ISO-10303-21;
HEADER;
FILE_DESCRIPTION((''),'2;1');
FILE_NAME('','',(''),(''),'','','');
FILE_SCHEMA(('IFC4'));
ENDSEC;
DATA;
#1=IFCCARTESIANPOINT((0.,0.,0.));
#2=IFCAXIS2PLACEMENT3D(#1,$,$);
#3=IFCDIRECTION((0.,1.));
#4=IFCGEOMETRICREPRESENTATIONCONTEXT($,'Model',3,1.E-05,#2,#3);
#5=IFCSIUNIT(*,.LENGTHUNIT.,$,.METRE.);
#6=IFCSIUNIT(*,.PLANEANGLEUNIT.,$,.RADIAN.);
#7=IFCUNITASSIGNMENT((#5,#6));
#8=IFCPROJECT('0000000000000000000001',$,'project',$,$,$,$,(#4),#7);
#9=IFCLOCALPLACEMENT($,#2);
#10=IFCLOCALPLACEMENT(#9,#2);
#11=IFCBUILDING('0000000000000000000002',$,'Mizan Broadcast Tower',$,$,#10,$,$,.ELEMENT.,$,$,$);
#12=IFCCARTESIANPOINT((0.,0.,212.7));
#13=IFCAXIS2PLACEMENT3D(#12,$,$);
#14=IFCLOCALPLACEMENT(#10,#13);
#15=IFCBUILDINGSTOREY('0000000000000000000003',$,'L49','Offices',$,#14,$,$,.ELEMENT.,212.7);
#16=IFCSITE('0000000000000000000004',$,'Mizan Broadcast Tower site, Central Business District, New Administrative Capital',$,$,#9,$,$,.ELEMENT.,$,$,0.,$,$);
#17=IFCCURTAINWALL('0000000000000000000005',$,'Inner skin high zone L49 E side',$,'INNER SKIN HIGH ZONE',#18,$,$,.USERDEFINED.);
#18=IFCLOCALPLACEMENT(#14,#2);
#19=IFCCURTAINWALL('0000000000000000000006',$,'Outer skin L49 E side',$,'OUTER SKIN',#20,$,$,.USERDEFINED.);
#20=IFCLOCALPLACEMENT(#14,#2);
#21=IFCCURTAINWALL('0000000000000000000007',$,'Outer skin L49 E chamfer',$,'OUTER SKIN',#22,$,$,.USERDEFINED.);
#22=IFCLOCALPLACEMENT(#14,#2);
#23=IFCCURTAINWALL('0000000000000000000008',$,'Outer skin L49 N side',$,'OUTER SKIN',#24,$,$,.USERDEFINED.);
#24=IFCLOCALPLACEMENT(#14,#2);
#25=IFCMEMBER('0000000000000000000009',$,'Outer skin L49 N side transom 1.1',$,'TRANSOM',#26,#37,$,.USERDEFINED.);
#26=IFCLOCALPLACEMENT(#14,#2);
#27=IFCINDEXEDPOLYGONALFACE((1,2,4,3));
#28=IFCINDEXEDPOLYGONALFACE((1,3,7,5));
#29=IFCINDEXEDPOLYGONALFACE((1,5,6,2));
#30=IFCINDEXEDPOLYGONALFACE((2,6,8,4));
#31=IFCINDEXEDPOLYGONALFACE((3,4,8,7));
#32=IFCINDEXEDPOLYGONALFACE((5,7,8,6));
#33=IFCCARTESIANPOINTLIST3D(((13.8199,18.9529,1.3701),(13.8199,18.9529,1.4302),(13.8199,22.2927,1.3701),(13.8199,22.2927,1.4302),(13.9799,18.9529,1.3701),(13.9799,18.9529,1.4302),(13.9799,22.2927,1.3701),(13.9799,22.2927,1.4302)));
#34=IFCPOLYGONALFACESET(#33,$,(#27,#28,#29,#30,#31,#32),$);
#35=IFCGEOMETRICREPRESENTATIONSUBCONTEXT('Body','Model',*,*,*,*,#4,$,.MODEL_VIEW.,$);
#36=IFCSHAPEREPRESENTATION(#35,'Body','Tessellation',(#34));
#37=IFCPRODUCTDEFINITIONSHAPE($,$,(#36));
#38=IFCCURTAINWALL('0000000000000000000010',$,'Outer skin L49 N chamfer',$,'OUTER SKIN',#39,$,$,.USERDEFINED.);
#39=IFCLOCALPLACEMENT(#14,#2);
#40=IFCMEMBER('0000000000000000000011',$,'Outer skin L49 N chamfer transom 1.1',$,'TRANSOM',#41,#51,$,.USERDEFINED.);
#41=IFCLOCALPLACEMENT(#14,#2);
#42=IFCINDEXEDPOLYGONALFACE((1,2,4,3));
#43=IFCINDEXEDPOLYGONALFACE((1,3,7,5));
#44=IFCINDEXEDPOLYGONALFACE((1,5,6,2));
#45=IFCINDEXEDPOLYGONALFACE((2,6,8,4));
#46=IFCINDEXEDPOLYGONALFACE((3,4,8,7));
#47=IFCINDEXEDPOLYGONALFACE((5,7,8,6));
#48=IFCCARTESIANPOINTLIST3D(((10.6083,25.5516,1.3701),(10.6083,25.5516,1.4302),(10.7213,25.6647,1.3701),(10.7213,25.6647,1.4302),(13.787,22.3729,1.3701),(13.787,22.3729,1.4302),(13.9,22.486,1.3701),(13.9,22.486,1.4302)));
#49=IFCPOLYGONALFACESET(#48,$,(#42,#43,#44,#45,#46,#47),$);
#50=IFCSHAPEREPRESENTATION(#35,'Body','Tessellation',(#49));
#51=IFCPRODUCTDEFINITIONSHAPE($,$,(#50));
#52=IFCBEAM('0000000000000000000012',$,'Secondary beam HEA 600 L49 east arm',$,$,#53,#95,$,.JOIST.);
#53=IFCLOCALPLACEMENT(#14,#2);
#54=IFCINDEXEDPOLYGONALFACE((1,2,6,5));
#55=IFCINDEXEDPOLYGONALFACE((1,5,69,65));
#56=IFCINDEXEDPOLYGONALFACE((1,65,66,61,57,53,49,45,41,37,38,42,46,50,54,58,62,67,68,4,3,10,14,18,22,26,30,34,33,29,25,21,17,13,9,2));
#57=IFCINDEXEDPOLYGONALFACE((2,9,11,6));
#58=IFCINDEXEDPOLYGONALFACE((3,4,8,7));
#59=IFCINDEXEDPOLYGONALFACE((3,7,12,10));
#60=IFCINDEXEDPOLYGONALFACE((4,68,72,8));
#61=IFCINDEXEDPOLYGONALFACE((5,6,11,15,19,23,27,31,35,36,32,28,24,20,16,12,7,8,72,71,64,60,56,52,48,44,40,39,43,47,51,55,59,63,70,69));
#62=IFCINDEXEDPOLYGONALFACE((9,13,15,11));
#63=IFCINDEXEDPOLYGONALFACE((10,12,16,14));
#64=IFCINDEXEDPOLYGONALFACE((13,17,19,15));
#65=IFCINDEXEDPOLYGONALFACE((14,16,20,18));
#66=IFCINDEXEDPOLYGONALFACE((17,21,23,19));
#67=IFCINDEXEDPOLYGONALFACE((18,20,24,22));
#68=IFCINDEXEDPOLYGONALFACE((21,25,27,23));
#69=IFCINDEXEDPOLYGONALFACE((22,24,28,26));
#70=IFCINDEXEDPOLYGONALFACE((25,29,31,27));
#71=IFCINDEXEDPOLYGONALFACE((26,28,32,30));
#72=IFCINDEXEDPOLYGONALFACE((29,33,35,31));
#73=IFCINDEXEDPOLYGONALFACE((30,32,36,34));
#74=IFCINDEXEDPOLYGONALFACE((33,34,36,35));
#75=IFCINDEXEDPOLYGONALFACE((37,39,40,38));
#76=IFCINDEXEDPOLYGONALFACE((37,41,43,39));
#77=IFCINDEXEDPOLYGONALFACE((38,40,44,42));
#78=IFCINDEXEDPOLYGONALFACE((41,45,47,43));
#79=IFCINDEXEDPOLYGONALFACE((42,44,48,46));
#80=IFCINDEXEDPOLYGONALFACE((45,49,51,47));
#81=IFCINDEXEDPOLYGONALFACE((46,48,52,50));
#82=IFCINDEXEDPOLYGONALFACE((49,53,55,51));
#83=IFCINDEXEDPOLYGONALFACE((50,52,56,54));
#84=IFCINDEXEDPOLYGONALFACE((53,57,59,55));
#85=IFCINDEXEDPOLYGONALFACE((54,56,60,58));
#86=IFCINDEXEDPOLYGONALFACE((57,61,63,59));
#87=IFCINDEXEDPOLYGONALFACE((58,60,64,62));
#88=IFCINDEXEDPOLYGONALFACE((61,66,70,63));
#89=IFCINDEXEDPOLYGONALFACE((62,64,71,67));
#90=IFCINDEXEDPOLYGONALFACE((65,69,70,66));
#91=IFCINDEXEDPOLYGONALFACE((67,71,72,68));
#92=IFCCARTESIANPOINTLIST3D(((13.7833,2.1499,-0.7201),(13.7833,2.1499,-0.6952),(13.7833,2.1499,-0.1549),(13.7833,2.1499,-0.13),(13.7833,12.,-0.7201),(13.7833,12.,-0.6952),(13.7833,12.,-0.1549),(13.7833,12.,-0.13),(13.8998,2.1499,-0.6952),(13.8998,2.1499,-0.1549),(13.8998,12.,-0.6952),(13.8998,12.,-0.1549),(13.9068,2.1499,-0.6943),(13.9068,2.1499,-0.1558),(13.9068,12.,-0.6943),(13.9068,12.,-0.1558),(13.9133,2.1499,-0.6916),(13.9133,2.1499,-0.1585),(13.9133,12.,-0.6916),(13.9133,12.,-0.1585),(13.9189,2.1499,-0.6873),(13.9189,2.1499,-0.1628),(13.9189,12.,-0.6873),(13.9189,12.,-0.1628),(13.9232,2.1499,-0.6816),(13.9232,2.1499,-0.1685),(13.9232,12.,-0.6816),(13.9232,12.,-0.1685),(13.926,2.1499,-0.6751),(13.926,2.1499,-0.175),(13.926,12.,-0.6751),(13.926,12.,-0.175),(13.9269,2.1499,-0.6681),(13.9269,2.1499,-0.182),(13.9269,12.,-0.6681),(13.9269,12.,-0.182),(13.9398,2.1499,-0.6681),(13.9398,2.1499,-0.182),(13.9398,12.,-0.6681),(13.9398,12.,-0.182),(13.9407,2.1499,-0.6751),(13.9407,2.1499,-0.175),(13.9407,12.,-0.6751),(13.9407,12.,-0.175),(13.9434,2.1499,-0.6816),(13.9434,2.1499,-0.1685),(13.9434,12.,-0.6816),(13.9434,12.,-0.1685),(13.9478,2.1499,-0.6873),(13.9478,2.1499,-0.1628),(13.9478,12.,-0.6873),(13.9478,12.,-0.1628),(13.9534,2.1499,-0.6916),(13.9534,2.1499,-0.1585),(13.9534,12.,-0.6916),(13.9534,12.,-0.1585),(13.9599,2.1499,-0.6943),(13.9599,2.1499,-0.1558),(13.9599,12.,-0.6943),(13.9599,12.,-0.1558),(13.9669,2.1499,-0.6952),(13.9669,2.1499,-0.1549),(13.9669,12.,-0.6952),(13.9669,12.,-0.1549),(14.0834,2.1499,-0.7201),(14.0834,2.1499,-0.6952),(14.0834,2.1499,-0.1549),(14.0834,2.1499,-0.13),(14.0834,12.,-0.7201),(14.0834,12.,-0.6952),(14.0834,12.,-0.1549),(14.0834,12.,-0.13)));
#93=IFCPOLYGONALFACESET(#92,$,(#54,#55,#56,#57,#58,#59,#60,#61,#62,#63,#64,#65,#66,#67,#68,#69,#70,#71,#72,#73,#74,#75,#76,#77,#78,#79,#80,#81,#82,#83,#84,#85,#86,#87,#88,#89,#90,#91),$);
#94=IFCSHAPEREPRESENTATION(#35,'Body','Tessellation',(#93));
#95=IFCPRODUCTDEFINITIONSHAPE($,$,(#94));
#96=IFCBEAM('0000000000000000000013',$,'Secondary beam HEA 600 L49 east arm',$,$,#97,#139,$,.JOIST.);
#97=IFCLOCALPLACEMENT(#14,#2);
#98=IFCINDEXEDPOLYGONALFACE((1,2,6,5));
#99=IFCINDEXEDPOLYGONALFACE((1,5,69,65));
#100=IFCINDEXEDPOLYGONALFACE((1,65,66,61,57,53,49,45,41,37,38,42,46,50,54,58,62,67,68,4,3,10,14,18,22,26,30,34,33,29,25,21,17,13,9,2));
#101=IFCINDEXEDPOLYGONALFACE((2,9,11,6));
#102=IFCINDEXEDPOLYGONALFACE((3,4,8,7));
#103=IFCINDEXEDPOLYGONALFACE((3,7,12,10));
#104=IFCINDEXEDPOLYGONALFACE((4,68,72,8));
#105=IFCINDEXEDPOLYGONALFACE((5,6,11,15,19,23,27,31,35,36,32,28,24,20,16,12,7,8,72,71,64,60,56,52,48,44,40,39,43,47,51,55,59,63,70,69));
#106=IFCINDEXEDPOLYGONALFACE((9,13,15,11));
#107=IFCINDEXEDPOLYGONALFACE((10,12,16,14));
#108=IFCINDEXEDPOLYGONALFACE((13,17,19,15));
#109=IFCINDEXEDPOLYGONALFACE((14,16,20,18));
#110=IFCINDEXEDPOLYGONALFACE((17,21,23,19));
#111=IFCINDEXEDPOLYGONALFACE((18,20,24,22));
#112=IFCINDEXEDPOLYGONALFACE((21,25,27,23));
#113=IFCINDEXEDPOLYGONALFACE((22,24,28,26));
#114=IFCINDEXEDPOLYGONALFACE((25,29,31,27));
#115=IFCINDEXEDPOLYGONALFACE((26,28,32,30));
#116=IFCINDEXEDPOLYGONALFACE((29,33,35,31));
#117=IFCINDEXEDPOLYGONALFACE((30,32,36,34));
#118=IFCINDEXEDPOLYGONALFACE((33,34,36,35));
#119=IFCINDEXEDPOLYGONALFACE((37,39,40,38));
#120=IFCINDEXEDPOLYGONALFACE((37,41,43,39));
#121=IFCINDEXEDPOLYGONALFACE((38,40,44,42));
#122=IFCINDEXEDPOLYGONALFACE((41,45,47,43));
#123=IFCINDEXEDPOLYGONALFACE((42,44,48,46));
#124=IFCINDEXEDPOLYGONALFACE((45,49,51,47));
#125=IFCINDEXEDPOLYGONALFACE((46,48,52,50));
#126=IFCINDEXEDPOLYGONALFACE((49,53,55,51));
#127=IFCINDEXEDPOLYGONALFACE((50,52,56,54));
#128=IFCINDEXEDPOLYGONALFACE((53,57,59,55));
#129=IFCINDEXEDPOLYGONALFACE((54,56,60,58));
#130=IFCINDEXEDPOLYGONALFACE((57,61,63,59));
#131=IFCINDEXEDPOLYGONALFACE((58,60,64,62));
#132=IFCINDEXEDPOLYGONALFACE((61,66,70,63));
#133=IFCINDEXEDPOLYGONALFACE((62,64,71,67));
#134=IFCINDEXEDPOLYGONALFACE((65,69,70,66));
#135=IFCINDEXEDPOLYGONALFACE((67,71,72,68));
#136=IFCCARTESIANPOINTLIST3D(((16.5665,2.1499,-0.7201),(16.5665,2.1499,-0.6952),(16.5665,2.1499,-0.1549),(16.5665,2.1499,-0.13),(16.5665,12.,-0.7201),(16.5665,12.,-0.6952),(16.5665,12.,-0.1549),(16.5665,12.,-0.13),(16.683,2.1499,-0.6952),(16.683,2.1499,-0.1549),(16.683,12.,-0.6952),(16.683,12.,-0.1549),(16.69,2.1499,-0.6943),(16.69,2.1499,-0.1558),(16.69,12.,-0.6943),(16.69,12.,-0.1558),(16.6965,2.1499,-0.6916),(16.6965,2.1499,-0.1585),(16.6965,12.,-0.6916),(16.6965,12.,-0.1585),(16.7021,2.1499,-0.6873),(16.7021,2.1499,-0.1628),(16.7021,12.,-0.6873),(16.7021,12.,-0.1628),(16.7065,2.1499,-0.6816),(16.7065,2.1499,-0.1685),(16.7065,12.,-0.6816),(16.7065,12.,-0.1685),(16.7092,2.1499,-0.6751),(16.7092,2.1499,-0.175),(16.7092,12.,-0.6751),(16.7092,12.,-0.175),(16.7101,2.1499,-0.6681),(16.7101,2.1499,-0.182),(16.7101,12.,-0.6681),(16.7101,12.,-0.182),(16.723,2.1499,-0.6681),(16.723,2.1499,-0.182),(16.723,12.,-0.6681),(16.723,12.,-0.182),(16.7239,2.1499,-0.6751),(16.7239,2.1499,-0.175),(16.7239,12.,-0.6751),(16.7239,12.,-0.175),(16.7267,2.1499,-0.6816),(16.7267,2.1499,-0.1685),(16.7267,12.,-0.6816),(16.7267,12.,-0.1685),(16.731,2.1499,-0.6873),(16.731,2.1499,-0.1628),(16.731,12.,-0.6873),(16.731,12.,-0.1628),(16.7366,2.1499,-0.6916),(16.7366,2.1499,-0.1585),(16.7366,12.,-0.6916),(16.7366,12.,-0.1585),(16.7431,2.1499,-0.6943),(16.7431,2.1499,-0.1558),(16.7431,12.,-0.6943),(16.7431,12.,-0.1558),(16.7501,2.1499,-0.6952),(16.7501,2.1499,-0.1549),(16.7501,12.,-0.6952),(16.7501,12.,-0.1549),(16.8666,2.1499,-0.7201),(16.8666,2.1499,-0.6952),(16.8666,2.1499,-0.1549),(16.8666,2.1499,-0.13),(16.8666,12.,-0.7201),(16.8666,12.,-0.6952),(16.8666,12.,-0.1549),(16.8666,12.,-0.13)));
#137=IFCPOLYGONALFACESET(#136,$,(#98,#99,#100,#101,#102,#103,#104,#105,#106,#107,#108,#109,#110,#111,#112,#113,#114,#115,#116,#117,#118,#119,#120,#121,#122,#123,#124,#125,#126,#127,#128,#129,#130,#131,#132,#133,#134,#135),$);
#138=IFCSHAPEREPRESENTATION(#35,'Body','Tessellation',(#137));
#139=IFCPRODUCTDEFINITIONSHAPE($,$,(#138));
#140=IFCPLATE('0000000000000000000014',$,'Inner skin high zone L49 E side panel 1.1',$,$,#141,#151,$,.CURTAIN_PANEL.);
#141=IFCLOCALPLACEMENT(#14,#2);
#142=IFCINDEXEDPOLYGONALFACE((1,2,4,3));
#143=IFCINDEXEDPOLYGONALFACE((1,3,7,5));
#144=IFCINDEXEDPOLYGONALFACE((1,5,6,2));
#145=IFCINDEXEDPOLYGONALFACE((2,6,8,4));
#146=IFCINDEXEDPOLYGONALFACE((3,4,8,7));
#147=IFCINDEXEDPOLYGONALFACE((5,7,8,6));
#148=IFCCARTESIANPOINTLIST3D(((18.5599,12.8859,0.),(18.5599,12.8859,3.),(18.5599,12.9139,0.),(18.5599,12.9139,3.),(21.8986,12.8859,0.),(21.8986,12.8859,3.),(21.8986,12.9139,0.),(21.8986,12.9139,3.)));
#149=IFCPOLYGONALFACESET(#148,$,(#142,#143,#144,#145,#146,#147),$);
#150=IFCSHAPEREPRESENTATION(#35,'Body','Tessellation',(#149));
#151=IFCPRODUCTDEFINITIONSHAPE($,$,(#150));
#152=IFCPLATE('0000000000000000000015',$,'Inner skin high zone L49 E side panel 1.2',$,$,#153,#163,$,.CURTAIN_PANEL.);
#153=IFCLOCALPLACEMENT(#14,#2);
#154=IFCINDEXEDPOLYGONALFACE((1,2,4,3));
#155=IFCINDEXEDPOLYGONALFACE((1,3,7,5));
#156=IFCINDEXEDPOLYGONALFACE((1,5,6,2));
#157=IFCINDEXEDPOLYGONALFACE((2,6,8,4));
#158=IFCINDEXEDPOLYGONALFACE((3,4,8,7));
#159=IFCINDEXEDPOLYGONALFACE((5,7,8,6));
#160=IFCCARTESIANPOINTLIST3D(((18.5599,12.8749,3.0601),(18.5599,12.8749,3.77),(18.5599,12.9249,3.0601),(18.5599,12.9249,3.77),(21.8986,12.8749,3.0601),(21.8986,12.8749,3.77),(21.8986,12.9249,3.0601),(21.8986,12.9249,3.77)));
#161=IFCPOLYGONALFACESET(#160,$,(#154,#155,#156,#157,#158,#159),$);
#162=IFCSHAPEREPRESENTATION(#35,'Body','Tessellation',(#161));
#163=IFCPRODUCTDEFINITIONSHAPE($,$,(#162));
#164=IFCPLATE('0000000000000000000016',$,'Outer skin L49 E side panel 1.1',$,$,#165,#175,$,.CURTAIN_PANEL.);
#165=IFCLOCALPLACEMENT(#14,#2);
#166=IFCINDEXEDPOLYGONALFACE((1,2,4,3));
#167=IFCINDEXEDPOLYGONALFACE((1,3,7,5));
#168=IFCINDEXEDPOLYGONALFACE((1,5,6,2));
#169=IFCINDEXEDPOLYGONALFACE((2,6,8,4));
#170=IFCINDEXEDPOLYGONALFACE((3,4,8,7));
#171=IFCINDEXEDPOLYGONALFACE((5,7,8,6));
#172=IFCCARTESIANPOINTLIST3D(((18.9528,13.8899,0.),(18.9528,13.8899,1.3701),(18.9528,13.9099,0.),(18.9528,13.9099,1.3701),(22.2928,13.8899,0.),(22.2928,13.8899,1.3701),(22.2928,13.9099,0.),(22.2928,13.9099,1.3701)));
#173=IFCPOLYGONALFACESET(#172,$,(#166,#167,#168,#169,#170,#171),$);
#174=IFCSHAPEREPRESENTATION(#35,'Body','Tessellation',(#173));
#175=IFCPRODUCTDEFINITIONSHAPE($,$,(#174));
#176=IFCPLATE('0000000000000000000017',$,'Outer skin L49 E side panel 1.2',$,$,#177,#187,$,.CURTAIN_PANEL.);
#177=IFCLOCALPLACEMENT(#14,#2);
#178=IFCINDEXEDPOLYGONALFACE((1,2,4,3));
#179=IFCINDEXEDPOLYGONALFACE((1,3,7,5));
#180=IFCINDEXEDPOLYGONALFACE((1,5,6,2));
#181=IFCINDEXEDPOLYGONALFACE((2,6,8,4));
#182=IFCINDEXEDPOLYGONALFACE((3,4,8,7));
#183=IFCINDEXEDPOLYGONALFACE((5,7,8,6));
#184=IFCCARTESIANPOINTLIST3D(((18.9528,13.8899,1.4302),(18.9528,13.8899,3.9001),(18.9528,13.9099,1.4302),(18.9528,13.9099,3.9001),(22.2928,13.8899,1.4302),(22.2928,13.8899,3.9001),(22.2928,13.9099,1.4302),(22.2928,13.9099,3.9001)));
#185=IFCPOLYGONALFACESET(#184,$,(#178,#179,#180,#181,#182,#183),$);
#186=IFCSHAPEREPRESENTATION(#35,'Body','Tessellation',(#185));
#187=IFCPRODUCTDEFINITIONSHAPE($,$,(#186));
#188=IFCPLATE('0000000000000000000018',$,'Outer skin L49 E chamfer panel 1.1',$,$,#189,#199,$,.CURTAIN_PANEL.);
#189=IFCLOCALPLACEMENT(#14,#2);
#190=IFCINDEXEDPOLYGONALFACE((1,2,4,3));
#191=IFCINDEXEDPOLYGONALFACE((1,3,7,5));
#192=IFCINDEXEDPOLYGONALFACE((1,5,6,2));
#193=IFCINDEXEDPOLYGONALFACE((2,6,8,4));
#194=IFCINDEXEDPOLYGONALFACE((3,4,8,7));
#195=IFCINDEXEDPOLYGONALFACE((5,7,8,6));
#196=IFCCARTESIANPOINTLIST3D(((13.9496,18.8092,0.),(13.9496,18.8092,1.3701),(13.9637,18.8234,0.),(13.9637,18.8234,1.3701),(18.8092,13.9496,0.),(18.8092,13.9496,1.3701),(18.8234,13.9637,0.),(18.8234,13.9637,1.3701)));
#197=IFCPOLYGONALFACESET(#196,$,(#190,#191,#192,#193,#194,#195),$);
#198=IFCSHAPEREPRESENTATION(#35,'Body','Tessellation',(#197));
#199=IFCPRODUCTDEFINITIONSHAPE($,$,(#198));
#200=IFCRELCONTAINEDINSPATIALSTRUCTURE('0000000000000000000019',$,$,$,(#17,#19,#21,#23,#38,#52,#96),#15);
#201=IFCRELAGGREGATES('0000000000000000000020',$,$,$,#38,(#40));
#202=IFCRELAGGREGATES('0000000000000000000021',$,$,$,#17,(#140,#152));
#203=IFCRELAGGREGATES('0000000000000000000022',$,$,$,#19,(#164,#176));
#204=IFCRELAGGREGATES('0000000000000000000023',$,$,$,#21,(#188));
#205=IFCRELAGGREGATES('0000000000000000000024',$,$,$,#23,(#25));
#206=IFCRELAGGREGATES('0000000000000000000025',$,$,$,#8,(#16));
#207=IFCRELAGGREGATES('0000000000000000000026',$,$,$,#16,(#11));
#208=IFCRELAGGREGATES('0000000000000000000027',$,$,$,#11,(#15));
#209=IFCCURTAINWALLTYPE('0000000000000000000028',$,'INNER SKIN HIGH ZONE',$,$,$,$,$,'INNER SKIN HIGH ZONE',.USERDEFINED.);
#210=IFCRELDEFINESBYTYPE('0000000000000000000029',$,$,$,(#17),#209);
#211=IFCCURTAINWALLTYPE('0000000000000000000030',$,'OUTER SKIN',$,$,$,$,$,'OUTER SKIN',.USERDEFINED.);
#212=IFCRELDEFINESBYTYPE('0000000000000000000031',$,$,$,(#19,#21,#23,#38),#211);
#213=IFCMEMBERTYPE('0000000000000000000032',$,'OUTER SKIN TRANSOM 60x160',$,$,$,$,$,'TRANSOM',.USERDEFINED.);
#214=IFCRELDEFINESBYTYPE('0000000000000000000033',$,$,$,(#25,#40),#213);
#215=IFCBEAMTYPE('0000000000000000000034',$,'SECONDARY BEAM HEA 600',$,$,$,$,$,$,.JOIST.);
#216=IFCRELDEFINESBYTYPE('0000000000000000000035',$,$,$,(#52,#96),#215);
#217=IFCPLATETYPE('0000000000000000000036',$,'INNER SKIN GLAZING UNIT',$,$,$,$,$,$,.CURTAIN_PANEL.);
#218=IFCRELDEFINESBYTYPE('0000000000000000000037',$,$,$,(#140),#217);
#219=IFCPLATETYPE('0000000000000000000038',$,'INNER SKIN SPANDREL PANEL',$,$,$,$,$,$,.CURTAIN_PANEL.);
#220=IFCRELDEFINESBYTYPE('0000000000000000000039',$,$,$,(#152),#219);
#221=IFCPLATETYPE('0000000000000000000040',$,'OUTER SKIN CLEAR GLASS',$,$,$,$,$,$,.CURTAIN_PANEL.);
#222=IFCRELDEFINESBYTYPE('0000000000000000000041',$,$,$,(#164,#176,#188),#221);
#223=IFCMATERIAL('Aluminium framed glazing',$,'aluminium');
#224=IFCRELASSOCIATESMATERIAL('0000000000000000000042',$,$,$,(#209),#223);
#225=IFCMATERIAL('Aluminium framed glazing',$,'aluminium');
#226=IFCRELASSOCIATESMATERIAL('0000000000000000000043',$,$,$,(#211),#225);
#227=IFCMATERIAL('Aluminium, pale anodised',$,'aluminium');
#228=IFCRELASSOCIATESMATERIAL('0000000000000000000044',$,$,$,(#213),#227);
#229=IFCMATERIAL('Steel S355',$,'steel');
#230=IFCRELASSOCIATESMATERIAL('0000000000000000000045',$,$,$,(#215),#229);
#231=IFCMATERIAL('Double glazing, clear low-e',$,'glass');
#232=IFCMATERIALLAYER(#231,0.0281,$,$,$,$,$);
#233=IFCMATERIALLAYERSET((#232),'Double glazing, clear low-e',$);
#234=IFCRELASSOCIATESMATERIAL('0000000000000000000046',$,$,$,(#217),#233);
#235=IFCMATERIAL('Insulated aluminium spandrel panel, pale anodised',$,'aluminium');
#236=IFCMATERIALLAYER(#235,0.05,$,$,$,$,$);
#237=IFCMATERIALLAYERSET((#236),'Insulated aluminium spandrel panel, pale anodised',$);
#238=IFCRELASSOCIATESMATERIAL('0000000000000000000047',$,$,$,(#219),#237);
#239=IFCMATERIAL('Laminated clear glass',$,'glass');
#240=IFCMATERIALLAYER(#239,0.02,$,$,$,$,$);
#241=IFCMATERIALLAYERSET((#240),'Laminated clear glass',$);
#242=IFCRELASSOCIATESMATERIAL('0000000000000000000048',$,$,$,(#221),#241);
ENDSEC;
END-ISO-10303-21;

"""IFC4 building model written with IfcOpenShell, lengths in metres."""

from ifc_helpers import new_model, si_unit, direction, frame, origin, origin_2d, place, context, subcontext, project, spatial, rectangle, i_section, extrude, material, layer, layer_set, material_profile, profile_set, type_object, element, aggregate, save


model = new_model("IFC4")

# Units and contexts
model_context = context("Model", 3, precision=1e-05, world=origin(), true_north=direction((0.0, 1.0)))
body_context = subcontext(model_context, "Body", "Model", "MODEL_VIEW")
ifc_project = project(units=[si_unit("LENGTHUNIT", "METRE"), si_unit("PLANEANGLEUNIT", "RADIAN")], contexts=[model_context])

# Site, building, storey
site_placement = place(None, origin())
site = spatial("IfcSite", under=ifc_project, at=site_placement, Name="Mizan Broadcast Tower site, Central Business District, New Administrative Capital", CompositionType="ELEMENT", RefElevation=0.0)
building_placement = place(site_placement, origin())
building = spatial("IfcBuilding", under=site, at=building_placement, Name="Mizan Broadcast Tower", CompositionType="ELEMENT")
storey_placement = place(building_placement, frame((0.0, 0.0, 212.7)))
storey = spatial("IfcBuildingStorey", under=building, at=storey_placement, Name="L49", Description="Offices", CompositionType="ELEMENT", Elevation=212.7)

# Shared definitions
ifc_material_1 = material(Name="Aluminium framed glazing", Category="aluminium")
curtain_wall_type_1 = type_object("IfcCurtainWallType", Name="INNER SKIN HIGH ZONE", ElementType="INNER SKIN HIGH ZONE", PredefinedType="USERDEFINED", material=ifc_material_1)

# Curtain wall
curtain_wall_1_placement = place(storey_placement, origin())
curtain_wall_1 = element("IfcCurtainWall", 1, at=curtain_wall_1_placement, inside=storey, type_object=curtain_wall_type_1, Name="Inner skin high zone L49 E side", ObjectType="INNER SKIN HIGH ZONE", PredefinedType="USERDEFINED")

# Curtain walls
ifc_material_2 = material(Name="Aluminium framed glazing", Category="aluminium")
curtain_wall_type_2 = type_object("IfcCurtainWallType", Name="OUTER SKIN", ElementType="OUTER SKIN", PredefinedType="USERDEFINED", material=ifc_material_2)
curtain_wall_2_placement = place(storey_placement, origin())
curtain_wall_2 = element("IfcCurtainWall", 2, at=curtain_wall_2_placement, inside=storey, type_object=curtain_wall_type_2, Name="Outer skin L49 E side", ObjectType="OUTER SKIN", PredefinedType="USERDEFINED")
curtain_wall_3_placement = place(storey_placement, origin())
curtain_wall_3 = element("IfcCurtainWall", 3, at=curtain_wall_3_placement, inside=storey, type_object=curtain_wall_type_2, Name="Outer skin L49 E chamfer", ObjectType="OUTER SKIN", PredefinedType="USERDEFINED")
curtain_wall_4_placement = place(storey_placement, origin())
curtain_wall_4 = element("IfcCurtainWall", 4, at=curtain_wall_4_placement, inside=storey, type_object=curtain_wall_type_2, Name="Outer skin L49 N side", ObjectType="OUTER SKIN", PredefinedType="USERDEFINED")

# Member
ifc_material_3 = material(Name="Aluminium, pale anodised", Category="aluminium")
ifc_material_profile_1 = material_profile(ifc_material_3, rectangle(XDim=0.1599, YDim=0.0601, at=origin_2d()), Name="TRANSOM 160x60")
ifc_profile_set_1 = profile_set([ifc_material_profile_1], Name="Aluminium, pale anodised")
member_type_1 = type_object("IfcMemberType", Name="OUTER SKIN TRANSOM 60x160", ElementType="TRANSOM", PredefinedType="USERDEFINED", material=ifc_profile_set_1)
member_1_placement = place(storey_placement, frame((13.8999, 18.9529, 1.4001), z_axis=(0.0, 1.0, 0.0), x_axis=(-1.0, 0.0, 0.0)))
member_1 = element("IfcMember", 5, at=member_1_placement, type_object=member_type_1, Name="Outer skin L49 N side transom 1.1", ObjectType="TRANSOM", PredefinedType="USERDEFINED", context=body_context, shape_type="SweptSolid", body=[
    extrude(rectangle(XDim=0.1599, YDim=0.0601, at=origin_2d()), origin(), (0.0, 0.0, 1.0), 3.3398),
])

# Curtain wall, member
curtain_wall_5_placement = place(storey_placement, origin())
curtain_wall_5 = element("IfcCurtainWall", 6, at=curtain_wall_5_placement, inside=storey, type_object=curtain_wall_type_2, Name="Outer skin L49 N chamfer", ObjectType="OUTER SKIN", PredefinedType="USERDEFINED")
member_2_placement = place(storey_placement, frame((13.8435, 22.4294, 1.4001), z_axis=(-0.707107, 0.707107, 0.0), x_axis=(-0.707107, -0.707107, 0.0)))
member_2 = element("IfcMember", 7, at=member_2_placement, type_object=member_type_1, Name="Outer skin L49 N chamfer transom 1.1", ObjectType="TRANSOM", PredefinedType="USERDEFINED", context=body_context, shape_type="SweptSolid", body=[
    extrude(rectangle(XDim=0.1599, YDim=0.0601, at=origin_2d()), origin(), (0.0, 0.0, 1.0), 4.4954),
])
aggregate(curtain_wall_5, [member_2])

# Beams
ifc_material_4 = material(Name="Steel S355", Category="steel")
ifc_material_profile_2 = material_profile(ifc_material_4, i_section(OverallWidth=0.3, OverallDepth=0.5901, WebThickness=0.0129, FlangeThickness=0.0249, FilletRadius=0.0271, at=origin_2d()), Name="HEA 600")
ifc_profile_set_2 = profile_set([ifc_material_profile_2], Name="Steel S355")
beam_type_1 = type_object("IfcBeamType", Name="SECONDARY BEAM HEA 600", PredefinedType="JOIST", material=ifc_profile_set_2)
for number, where, z_axis, x_axis, name in (
    (8, (13.9333, 12.0, -0.425), (0.0, -1.0, 0.0), (1.0, 0.0, 0.0), "Secondary beam HEA 600 L49 east arm"),
    (9, (16.7166, 12.0, -0.425), (0.0, -1.0, 0.0), (1.0, 0.0, 0.0), "Secondary beam HEA 600 L49 east arm"),
):
    element("IfcBeam", number, at=place(storey_placement, frame(where, z_axis=z_axis, x_axis=x_axis)), inside=storey, type_object=beam_type_1, Name=name, PredefinedType="JOIST", context=body_context, shape_type="SweptSolid", body=[
        extrude(i_section(OverallWidth=0.3, OverallDepth=0.5901, WebThickness=0.0129, FlangeThickness=0.0249, FilletRadius=0.0271, at=origin_2d()), origin(), (0.0, 0.0, 1.0), 9.8501),
    ])

# Plates
ifc_material_5 = material(Name="Double glazing, clear low-e", Category="glass")
ifc_layer_1 = layer(ifc_material_5, 0.0281)
ifc_layer_set_1 = layer_set([ifc_layer_1], Name="Double glazing, clear low-e")
plate_type_1 = type_object("IfcPlateType", Name="INNER SKIN GLAZING UNIT", PredefinedType="CURTAIN_PANEL", material=ifc_layer_set_1)
plate_1_placement = place(storey_placement, frame((20.2292, 12.8999, 0.0), z_axis=(0.0, 0.0, 1.0), x_axis=(-1.0, 0.0, 0.0)))
plate_1 = element("IfcPlate", 10, at=plate_1_placement, type_object=plate_type_1, Name="Inner skin high zone L49 E side panel 1.1", PredefinedType="CURTAIN_PANEL", context=body_context, shape_type="SweptSolid", body=[
    extrude(rectangle(XDim=3.3386, YDim=0.0281, at=origin_2d()), origin(), (0.0, 0.0, 1.0), 3.0),
])
ifc_material_6 = material(Name="Insulated aluminium spandrel panel, pale anodised", Category="aluminium")
ifc_layer_2 = layer(ifc_material_6, 0.05)
ifc_layer_set_2 = layer_set([ifc_layer_2], Name="Insulated aluminium spandrel panel, pale anodised")
plate_type_2 = type_object("IfcPlateType", Name="INNER SKIN SPANDREL PANEL", PredefinedType="CURTAIN_PANEL", material=ifc_layer_set_2)
plate_2_placement = place(storey_placement, frame((20.2292, 12.8999, 3.0601), z_axis=(0.0, 0.0, 1.0), x_axis=(-1.0, 0.0, 0.0)))
plate_2 = element("IfcPlate", 11, at=plate_2_placement, type_object=plate_type_2, Name="Inner skin high zone L49 E side panel 1.2", PredefinedType="CURTAIN_PANEL", context=body_context, shape_type="SweptSolid", body=[
    extrude(rectangle(XDim=3.3386, YDim=0.05, at=origin_2d()), origin(), (0.0, 0.0, 1.0), 0.71),
])
aggregate(curtain_wall_1, [plate_1, plate_2])
ifc_material_7 = material(Name="Laminated clear glass", Category="glass")
ifc_layer_3 = layer(ifc_material_7, 0.02)
ifc_layer_set_3 = layer_set([ifc_layer_3], Name="Laminated clear glass")
plate_type_3 = type_object("IfcPlateType", Name="OUTER SKIN CLEAR GLASS", PredefinedType="CURTAIN_PANEL", material=ifc_layer_set_3)
plate_3_placement = place(storey_placement, frame((20.6228, 13.8999, 0.0), z_axis=(0.0, 0.0, 1.0), x_axis=(-1.0, 0.0, 0.0)))
plate_3 = element("IfcPlate", 12, at=plate_3_placement, type_object=plate_type_3, Name="Outer skin L49 E side panel 1.1", PredefinedType="CURTAIN_PANEL", context=body_context, shape_type="SweptSolid", body=[
    extrude(rectangle(XDim=3.3401, YDim=0.02, at=origin_2d()), origin(), (0.0, 0.0, 1.0), 1.3701),
])
plate_4_placement = place(storey_placement, frame((20.6228, 13.8999, 1.4302), z_axis=(0.0, 0.0, 1.0), x_axis=(-1.0, 0.0, 0.0)))
plate_4 = element("IfcPlate", 13, at=plate_4_placement, type_object=plate_type_3, Name="Outer skin L49 E side panel 1.2", PredefinedType="CURTAIN_PANEL", context=body_context, shape_type="SweptSolid", body=[
    extrude(rectangle(XDim=3.3401, YDim=0.02, at=origin_2d()), origin(), (0.0, 0.0, 1.0), 2.47),
])
aggregate(curtain_wall_2, [plate_3, plate_4])
plate_5_placement = place(storey_placement, frame((16.3865, 16.3865, 0.0), z_axis=(0.0, 0.0, 1.0), x_axis=(-0.707107, 0.707107, 0.0)))
plate_5 = element("IfcPlate", 14, at=plate_5_placement, type_object=plate_type_3, Name="Outer skin L49 E chamfer panel 1.1", PredefinedType="CURTAIN_PANEL", context=body_context, shape_type="SweptSolid", body=[
    extrude(rectangle(XDim=6.8726, YDim=0.02, at=origin_2d()), origin(), (0.0, 0.0, 1.0), 1.3701),
])
aggregate(curtain_wall_3, [plate_5])
aggregate(curtain_wall_4, [member_1])

save(model, "model.ifc")
